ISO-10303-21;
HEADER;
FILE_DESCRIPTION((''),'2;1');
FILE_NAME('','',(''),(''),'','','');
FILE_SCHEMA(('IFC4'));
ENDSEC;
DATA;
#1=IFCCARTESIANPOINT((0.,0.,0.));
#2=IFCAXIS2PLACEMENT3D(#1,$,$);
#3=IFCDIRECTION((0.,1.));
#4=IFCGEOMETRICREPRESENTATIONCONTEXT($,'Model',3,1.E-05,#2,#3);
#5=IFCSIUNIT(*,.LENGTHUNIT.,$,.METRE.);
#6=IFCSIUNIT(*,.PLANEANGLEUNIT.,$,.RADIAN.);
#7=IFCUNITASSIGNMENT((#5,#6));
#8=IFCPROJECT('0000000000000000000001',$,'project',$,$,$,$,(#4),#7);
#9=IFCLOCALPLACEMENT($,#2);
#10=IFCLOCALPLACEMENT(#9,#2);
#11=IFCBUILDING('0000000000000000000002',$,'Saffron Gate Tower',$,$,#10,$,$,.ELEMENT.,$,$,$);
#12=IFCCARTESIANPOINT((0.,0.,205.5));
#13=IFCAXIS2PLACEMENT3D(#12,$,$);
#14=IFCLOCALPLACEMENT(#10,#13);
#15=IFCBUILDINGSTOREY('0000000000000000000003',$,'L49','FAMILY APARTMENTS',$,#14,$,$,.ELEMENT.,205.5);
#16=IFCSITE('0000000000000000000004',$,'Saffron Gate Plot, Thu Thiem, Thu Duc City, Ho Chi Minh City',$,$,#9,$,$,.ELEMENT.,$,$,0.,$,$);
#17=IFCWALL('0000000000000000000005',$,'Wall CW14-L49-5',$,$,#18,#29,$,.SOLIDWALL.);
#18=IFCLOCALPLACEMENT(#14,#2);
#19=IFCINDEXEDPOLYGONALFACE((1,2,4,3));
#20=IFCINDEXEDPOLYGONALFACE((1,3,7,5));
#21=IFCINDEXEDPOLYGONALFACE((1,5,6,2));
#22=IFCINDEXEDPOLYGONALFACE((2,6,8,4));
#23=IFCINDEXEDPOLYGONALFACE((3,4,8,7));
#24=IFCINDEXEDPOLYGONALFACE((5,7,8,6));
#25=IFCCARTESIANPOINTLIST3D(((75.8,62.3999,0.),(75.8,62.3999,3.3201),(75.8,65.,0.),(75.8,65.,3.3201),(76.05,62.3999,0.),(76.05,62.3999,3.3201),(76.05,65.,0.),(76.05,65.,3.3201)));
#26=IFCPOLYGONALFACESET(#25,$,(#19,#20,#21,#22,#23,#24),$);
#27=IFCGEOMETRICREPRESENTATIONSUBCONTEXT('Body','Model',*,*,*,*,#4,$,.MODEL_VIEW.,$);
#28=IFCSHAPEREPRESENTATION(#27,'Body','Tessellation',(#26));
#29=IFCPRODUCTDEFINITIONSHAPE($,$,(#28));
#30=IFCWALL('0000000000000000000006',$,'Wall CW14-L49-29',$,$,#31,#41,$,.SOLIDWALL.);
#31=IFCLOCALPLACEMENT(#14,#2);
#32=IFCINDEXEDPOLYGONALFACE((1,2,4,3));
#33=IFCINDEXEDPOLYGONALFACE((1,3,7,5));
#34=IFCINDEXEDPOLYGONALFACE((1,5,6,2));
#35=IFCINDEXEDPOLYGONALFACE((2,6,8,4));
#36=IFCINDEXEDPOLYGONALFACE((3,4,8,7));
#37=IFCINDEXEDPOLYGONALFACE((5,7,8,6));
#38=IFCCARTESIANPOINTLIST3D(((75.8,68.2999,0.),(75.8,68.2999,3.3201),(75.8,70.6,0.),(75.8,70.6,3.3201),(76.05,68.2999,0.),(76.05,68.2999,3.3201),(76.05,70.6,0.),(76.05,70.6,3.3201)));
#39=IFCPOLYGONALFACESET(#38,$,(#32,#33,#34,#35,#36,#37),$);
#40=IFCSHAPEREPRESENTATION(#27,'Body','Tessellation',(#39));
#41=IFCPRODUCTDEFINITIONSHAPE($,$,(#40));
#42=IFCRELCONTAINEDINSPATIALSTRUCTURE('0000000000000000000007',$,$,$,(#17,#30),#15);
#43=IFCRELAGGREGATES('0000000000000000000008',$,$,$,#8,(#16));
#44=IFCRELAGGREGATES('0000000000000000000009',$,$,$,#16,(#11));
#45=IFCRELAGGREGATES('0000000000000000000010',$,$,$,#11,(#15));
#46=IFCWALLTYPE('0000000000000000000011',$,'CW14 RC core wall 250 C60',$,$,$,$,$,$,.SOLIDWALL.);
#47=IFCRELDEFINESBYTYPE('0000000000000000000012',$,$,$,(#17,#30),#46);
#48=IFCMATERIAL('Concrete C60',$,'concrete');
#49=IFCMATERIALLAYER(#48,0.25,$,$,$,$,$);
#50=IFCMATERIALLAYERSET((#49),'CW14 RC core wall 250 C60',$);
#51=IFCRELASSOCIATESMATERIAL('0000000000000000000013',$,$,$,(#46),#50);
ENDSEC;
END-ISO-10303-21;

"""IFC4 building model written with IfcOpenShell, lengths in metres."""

from ifc_helpers import new_model, si_unit, direction, frame, frame_2d, origin, place, context, subcontext, project, spatial, rectangle, extrude, material, layer, layer_set, type_object, element, save


model = new_model("IFC4")

# Units and contexts
model_context = context("Model", 3, precision=1e-05, world=origin(), true_north=direction((0.0, 1.0)))
body_context = subcontext(model_context, "Body", "Model", "MODEL_VIEW")
ifc_project = project(units=[si_unit("LENGTHUNIT", "METRE"), si_unit("PLANEANGLEUNIT", "RADIAN")], contexts=[model_context])

# Site, building, storey
site_placement = place(None, origin())
site = spatial("IfcSite", under=ifc_project, at=site_placement, Name="Saffron Gate Plot, Thu Thiem, Thu Duc City, Ho Chi Minh City", CompositionType="ELEMENT", RefElevation=0.0)
building_placement = place(site_placement, origin())
building = spatial("IfcBuilding", under=site, at=building_placement, Name="Saffron Gate Tower", CompositionType="ELEMENT")
storey_placement = place(building_placement, frame((0.0, 0.0, 205.5)))
storey = spatial("IfcBuildingStorey", under=building, at=storey_placement, Name="L49", Description="FAMILY APARTMENTS", CompositionType="ELEMENT", Elevation=205.5)

# Walls
ifc_material_1 = material(Name="Concrete C60", Category="concrete")
ifc_layer_1 = layer(ifc_material_1, 0.25)
ifc_layer_set_1 = layer_set([ifc_layer_1], Name="CW14 RC core wall 250 C60")
wall_type_1 = type_object("IfcWallType", Name="CW14 RC core wall 250 C60", PredefinedType="SOLIDWALL", material=ifc_layer_set_1)
wall_1_placement = place(storey_placement, frame((75.925, 62.3999, 0.0), z_axis=(0.0, 0.0, 1.0), x_axis=(0.0, 1.0, 0.0)))
element("IfcWall", 1, at=wall_1_placement, inside=storey, type_object=wall_type_1, Name="Wall CW14-L49-5", PredefinedType="SOLIDWALL", context=body_context, shape_type="SweptSolid", body=[
    extrude(rectangle(XDim=2.6001, YDim=0.25, at=frame_2d((1.3, 0.0))), origin(), (0.0, 0.0, 1.0), 3.3201),
])
wall_2_placement = place(storey_placement, frame((75.925, 68.3, 0.0), z_axis=(0.0, 0.0, 1.0), x_axis=(0.0, 1.0, 0.0)))
element("IfcWall", 2, at=wall_2_placement, inside=storey, type_object=wall_type_1, Name="Wall CW14-L49-29", PredefinedType="SOLIDWALL", context=body_context, shape_type="SweptSolid", body=[
    extrude(rectangle(XDim=2.3, YDim=0.25, at=frame_2d((1.1499, 0.0))), origin(), (0.0, 0.0, 1.0), 3.3201),
])

save(model, "model.ifc")
